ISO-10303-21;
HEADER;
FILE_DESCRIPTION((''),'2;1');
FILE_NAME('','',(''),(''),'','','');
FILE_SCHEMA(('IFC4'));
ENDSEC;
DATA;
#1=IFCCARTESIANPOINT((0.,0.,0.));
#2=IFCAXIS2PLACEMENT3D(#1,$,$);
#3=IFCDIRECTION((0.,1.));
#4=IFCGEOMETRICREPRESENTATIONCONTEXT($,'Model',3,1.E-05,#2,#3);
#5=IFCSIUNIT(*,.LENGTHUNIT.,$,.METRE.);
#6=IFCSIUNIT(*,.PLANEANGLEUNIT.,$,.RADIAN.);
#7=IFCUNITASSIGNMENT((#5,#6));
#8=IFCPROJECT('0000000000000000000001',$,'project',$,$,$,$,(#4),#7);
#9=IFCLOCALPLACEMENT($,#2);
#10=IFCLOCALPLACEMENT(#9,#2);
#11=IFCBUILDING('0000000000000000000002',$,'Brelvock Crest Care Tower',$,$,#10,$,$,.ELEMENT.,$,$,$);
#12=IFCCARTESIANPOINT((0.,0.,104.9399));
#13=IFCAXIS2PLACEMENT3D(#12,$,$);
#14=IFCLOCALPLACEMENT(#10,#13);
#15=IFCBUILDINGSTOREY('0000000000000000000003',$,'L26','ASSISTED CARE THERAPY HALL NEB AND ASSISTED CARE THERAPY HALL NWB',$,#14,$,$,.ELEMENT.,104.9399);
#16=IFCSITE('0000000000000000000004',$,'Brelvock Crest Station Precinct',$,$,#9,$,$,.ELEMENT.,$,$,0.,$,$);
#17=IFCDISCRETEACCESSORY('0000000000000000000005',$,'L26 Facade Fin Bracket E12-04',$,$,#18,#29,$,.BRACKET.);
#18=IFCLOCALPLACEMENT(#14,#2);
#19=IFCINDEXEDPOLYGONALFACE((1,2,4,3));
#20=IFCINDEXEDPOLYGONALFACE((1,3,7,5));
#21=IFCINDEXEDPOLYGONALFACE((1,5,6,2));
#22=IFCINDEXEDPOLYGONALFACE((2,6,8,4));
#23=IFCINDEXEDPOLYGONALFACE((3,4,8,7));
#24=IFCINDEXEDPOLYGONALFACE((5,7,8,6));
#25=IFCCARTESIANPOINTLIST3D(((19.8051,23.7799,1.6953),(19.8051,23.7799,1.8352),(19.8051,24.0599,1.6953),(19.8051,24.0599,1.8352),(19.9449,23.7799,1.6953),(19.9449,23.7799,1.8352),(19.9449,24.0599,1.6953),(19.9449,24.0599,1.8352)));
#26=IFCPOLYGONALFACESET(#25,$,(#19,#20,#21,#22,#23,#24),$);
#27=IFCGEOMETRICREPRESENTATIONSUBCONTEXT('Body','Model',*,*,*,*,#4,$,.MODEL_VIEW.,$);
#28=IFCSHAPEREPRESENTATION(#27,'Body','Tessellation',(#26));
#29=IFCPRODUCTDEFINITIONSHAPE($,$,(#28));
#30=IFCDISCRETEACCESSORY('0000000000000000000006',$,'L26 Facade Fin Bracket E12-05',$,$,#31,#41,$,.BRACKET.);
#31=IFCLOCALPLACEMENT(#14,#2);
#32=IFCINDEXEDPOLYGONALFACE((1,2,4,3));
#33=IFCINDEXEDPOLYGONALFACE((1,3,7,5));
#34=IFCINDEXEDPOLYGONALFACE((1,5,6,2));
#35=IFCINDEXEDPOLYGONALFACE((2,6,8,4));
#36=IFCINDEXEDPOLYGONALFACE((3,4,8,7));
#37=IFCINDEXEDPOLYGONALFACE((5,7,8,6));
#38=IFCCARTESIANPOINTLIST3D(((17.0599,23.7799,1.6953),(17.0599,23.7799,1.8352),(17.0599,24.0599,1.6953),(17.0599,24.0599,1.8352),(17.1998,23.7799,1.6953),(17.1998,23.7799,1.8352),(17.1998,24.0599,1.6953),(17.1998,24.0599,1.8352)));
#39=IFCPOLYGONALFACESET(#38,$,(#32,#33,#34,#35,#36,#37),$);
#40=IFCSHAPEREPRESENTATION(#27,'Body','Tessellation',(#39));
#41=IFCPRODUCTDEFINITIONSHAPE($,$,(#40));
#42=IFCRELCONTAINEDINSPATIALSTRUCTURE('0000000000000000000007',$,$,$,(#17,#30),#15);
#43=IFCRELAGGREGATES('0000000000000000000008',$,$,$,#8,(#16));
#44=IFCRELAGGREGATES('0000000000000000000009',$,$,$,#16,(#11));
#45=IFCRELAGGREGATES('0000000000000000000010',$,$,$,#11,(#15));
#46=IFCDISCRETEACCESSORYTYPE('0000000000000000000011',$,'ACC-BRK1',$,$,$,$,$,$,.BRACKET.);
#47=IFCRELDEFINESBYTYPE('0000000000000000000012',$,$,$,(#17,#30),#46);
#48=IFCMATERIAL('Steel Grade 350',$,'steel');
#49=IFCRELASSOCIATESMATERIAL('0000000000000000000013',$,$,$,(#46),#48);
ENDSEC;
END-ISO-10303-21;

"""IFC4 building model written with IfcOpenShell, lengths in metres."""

from ifc_helpers import new_model, si_unit, direction, frame, origin, origin_2d, place, context, subcontext, project, spatial, rectangle, extrude, source, transform, mapped, material, type_object, element, save


model = new_model("IFC4")

# Units and contexts
model_context = context("Model", 3, precision=1e-05, world=origin(), true_north=direction((0.0, 1.0)))
body_context = subcontext(model_context, "Body", "Model", "MODEL_VIEW")
ifc_project = project(units=[si_unit("LENGTHUNIT", "METRE"), si_unit("PLANEANGLEUNIT", "RADIAN")], contexts=[model_context])

# Site, building, storey
site_placement = place(None, origin())
site = spatial("IfcSite", under=ifc_project, at=site_placement, Name="Brelvock Crest Station Precinct", CompositionType="ELEMENT", RefElevation=0.0)
building_placement = place(site_placement, origin())
building = spatial("IfcBuilding", under=site, at=building_placement, Name="Brelvock Crest Care Tower", CompositionType="ELEMENT")
storey_placement = place(building_placement, frame((0.0, 0.0, 104.9399)))
storey = spatial("IfcBuildingStorey", under=building, at=storey_placement, Name="L26", Description="ASSISTED CARE THERAPY HALL NEB AND ASSISTED CARE THERAPY HALL NWB", CompositionType="ELEMENT", Elevation=104.9399)

# Shared definitions
ifc_material_1 = material(Name="Steel Grade 350", Category="steel")

# Discrete accessories
discrete_accessory_type = type_object("IfcDiscreteAccessoryType", Name="ACC-BRK1", PredefinedType="BRACKET", material=ifc_material_1)
shared_shape_1 = source(origin(), body_context, "Body", "SweptSolid", [
    extrude(rectangle(XDim=0.28, YDim=0.1399, at=origin_2d()), origin(), (0.0, 0.0, 1.0), 0.1399),
])
for number, where, z_axis, x_axis, name in (
    (1, (19.875, 23.9199, 1.6953), (0.0, 0.0, 1.0), (0.0, -1.0, 0.0), "L26 Facade Fin Bracket E12-04"),
    (2, (17.1299, 23.9199, 1.6953), (0.0, 0.0, 1.0), (0.0, -1.0, 0.0), "L26 Facade Fin Bracket E12-05"),
):
    element("IfcDiscreteAccessory", number, at=place(storey_placement, frame(where, z_axis=z_axis, x_axis=x_axis)), inside=storey, type_object=discrete_accessory_type, Name=name, PredefinedType="BRACKET", context=body_context, shape_type="MappedRepresentation", body=[
        mapped(shared_shape_1, transform((0.0, 0.0, 0.0), x_axis=(1.0, 0.0, 0.0), y_axis=(0.0, 1.0, 0.0), z_axis=(0.0, 0.0, 1.0), scale=1.0)),
    ])

save(model, "model.ifc")
